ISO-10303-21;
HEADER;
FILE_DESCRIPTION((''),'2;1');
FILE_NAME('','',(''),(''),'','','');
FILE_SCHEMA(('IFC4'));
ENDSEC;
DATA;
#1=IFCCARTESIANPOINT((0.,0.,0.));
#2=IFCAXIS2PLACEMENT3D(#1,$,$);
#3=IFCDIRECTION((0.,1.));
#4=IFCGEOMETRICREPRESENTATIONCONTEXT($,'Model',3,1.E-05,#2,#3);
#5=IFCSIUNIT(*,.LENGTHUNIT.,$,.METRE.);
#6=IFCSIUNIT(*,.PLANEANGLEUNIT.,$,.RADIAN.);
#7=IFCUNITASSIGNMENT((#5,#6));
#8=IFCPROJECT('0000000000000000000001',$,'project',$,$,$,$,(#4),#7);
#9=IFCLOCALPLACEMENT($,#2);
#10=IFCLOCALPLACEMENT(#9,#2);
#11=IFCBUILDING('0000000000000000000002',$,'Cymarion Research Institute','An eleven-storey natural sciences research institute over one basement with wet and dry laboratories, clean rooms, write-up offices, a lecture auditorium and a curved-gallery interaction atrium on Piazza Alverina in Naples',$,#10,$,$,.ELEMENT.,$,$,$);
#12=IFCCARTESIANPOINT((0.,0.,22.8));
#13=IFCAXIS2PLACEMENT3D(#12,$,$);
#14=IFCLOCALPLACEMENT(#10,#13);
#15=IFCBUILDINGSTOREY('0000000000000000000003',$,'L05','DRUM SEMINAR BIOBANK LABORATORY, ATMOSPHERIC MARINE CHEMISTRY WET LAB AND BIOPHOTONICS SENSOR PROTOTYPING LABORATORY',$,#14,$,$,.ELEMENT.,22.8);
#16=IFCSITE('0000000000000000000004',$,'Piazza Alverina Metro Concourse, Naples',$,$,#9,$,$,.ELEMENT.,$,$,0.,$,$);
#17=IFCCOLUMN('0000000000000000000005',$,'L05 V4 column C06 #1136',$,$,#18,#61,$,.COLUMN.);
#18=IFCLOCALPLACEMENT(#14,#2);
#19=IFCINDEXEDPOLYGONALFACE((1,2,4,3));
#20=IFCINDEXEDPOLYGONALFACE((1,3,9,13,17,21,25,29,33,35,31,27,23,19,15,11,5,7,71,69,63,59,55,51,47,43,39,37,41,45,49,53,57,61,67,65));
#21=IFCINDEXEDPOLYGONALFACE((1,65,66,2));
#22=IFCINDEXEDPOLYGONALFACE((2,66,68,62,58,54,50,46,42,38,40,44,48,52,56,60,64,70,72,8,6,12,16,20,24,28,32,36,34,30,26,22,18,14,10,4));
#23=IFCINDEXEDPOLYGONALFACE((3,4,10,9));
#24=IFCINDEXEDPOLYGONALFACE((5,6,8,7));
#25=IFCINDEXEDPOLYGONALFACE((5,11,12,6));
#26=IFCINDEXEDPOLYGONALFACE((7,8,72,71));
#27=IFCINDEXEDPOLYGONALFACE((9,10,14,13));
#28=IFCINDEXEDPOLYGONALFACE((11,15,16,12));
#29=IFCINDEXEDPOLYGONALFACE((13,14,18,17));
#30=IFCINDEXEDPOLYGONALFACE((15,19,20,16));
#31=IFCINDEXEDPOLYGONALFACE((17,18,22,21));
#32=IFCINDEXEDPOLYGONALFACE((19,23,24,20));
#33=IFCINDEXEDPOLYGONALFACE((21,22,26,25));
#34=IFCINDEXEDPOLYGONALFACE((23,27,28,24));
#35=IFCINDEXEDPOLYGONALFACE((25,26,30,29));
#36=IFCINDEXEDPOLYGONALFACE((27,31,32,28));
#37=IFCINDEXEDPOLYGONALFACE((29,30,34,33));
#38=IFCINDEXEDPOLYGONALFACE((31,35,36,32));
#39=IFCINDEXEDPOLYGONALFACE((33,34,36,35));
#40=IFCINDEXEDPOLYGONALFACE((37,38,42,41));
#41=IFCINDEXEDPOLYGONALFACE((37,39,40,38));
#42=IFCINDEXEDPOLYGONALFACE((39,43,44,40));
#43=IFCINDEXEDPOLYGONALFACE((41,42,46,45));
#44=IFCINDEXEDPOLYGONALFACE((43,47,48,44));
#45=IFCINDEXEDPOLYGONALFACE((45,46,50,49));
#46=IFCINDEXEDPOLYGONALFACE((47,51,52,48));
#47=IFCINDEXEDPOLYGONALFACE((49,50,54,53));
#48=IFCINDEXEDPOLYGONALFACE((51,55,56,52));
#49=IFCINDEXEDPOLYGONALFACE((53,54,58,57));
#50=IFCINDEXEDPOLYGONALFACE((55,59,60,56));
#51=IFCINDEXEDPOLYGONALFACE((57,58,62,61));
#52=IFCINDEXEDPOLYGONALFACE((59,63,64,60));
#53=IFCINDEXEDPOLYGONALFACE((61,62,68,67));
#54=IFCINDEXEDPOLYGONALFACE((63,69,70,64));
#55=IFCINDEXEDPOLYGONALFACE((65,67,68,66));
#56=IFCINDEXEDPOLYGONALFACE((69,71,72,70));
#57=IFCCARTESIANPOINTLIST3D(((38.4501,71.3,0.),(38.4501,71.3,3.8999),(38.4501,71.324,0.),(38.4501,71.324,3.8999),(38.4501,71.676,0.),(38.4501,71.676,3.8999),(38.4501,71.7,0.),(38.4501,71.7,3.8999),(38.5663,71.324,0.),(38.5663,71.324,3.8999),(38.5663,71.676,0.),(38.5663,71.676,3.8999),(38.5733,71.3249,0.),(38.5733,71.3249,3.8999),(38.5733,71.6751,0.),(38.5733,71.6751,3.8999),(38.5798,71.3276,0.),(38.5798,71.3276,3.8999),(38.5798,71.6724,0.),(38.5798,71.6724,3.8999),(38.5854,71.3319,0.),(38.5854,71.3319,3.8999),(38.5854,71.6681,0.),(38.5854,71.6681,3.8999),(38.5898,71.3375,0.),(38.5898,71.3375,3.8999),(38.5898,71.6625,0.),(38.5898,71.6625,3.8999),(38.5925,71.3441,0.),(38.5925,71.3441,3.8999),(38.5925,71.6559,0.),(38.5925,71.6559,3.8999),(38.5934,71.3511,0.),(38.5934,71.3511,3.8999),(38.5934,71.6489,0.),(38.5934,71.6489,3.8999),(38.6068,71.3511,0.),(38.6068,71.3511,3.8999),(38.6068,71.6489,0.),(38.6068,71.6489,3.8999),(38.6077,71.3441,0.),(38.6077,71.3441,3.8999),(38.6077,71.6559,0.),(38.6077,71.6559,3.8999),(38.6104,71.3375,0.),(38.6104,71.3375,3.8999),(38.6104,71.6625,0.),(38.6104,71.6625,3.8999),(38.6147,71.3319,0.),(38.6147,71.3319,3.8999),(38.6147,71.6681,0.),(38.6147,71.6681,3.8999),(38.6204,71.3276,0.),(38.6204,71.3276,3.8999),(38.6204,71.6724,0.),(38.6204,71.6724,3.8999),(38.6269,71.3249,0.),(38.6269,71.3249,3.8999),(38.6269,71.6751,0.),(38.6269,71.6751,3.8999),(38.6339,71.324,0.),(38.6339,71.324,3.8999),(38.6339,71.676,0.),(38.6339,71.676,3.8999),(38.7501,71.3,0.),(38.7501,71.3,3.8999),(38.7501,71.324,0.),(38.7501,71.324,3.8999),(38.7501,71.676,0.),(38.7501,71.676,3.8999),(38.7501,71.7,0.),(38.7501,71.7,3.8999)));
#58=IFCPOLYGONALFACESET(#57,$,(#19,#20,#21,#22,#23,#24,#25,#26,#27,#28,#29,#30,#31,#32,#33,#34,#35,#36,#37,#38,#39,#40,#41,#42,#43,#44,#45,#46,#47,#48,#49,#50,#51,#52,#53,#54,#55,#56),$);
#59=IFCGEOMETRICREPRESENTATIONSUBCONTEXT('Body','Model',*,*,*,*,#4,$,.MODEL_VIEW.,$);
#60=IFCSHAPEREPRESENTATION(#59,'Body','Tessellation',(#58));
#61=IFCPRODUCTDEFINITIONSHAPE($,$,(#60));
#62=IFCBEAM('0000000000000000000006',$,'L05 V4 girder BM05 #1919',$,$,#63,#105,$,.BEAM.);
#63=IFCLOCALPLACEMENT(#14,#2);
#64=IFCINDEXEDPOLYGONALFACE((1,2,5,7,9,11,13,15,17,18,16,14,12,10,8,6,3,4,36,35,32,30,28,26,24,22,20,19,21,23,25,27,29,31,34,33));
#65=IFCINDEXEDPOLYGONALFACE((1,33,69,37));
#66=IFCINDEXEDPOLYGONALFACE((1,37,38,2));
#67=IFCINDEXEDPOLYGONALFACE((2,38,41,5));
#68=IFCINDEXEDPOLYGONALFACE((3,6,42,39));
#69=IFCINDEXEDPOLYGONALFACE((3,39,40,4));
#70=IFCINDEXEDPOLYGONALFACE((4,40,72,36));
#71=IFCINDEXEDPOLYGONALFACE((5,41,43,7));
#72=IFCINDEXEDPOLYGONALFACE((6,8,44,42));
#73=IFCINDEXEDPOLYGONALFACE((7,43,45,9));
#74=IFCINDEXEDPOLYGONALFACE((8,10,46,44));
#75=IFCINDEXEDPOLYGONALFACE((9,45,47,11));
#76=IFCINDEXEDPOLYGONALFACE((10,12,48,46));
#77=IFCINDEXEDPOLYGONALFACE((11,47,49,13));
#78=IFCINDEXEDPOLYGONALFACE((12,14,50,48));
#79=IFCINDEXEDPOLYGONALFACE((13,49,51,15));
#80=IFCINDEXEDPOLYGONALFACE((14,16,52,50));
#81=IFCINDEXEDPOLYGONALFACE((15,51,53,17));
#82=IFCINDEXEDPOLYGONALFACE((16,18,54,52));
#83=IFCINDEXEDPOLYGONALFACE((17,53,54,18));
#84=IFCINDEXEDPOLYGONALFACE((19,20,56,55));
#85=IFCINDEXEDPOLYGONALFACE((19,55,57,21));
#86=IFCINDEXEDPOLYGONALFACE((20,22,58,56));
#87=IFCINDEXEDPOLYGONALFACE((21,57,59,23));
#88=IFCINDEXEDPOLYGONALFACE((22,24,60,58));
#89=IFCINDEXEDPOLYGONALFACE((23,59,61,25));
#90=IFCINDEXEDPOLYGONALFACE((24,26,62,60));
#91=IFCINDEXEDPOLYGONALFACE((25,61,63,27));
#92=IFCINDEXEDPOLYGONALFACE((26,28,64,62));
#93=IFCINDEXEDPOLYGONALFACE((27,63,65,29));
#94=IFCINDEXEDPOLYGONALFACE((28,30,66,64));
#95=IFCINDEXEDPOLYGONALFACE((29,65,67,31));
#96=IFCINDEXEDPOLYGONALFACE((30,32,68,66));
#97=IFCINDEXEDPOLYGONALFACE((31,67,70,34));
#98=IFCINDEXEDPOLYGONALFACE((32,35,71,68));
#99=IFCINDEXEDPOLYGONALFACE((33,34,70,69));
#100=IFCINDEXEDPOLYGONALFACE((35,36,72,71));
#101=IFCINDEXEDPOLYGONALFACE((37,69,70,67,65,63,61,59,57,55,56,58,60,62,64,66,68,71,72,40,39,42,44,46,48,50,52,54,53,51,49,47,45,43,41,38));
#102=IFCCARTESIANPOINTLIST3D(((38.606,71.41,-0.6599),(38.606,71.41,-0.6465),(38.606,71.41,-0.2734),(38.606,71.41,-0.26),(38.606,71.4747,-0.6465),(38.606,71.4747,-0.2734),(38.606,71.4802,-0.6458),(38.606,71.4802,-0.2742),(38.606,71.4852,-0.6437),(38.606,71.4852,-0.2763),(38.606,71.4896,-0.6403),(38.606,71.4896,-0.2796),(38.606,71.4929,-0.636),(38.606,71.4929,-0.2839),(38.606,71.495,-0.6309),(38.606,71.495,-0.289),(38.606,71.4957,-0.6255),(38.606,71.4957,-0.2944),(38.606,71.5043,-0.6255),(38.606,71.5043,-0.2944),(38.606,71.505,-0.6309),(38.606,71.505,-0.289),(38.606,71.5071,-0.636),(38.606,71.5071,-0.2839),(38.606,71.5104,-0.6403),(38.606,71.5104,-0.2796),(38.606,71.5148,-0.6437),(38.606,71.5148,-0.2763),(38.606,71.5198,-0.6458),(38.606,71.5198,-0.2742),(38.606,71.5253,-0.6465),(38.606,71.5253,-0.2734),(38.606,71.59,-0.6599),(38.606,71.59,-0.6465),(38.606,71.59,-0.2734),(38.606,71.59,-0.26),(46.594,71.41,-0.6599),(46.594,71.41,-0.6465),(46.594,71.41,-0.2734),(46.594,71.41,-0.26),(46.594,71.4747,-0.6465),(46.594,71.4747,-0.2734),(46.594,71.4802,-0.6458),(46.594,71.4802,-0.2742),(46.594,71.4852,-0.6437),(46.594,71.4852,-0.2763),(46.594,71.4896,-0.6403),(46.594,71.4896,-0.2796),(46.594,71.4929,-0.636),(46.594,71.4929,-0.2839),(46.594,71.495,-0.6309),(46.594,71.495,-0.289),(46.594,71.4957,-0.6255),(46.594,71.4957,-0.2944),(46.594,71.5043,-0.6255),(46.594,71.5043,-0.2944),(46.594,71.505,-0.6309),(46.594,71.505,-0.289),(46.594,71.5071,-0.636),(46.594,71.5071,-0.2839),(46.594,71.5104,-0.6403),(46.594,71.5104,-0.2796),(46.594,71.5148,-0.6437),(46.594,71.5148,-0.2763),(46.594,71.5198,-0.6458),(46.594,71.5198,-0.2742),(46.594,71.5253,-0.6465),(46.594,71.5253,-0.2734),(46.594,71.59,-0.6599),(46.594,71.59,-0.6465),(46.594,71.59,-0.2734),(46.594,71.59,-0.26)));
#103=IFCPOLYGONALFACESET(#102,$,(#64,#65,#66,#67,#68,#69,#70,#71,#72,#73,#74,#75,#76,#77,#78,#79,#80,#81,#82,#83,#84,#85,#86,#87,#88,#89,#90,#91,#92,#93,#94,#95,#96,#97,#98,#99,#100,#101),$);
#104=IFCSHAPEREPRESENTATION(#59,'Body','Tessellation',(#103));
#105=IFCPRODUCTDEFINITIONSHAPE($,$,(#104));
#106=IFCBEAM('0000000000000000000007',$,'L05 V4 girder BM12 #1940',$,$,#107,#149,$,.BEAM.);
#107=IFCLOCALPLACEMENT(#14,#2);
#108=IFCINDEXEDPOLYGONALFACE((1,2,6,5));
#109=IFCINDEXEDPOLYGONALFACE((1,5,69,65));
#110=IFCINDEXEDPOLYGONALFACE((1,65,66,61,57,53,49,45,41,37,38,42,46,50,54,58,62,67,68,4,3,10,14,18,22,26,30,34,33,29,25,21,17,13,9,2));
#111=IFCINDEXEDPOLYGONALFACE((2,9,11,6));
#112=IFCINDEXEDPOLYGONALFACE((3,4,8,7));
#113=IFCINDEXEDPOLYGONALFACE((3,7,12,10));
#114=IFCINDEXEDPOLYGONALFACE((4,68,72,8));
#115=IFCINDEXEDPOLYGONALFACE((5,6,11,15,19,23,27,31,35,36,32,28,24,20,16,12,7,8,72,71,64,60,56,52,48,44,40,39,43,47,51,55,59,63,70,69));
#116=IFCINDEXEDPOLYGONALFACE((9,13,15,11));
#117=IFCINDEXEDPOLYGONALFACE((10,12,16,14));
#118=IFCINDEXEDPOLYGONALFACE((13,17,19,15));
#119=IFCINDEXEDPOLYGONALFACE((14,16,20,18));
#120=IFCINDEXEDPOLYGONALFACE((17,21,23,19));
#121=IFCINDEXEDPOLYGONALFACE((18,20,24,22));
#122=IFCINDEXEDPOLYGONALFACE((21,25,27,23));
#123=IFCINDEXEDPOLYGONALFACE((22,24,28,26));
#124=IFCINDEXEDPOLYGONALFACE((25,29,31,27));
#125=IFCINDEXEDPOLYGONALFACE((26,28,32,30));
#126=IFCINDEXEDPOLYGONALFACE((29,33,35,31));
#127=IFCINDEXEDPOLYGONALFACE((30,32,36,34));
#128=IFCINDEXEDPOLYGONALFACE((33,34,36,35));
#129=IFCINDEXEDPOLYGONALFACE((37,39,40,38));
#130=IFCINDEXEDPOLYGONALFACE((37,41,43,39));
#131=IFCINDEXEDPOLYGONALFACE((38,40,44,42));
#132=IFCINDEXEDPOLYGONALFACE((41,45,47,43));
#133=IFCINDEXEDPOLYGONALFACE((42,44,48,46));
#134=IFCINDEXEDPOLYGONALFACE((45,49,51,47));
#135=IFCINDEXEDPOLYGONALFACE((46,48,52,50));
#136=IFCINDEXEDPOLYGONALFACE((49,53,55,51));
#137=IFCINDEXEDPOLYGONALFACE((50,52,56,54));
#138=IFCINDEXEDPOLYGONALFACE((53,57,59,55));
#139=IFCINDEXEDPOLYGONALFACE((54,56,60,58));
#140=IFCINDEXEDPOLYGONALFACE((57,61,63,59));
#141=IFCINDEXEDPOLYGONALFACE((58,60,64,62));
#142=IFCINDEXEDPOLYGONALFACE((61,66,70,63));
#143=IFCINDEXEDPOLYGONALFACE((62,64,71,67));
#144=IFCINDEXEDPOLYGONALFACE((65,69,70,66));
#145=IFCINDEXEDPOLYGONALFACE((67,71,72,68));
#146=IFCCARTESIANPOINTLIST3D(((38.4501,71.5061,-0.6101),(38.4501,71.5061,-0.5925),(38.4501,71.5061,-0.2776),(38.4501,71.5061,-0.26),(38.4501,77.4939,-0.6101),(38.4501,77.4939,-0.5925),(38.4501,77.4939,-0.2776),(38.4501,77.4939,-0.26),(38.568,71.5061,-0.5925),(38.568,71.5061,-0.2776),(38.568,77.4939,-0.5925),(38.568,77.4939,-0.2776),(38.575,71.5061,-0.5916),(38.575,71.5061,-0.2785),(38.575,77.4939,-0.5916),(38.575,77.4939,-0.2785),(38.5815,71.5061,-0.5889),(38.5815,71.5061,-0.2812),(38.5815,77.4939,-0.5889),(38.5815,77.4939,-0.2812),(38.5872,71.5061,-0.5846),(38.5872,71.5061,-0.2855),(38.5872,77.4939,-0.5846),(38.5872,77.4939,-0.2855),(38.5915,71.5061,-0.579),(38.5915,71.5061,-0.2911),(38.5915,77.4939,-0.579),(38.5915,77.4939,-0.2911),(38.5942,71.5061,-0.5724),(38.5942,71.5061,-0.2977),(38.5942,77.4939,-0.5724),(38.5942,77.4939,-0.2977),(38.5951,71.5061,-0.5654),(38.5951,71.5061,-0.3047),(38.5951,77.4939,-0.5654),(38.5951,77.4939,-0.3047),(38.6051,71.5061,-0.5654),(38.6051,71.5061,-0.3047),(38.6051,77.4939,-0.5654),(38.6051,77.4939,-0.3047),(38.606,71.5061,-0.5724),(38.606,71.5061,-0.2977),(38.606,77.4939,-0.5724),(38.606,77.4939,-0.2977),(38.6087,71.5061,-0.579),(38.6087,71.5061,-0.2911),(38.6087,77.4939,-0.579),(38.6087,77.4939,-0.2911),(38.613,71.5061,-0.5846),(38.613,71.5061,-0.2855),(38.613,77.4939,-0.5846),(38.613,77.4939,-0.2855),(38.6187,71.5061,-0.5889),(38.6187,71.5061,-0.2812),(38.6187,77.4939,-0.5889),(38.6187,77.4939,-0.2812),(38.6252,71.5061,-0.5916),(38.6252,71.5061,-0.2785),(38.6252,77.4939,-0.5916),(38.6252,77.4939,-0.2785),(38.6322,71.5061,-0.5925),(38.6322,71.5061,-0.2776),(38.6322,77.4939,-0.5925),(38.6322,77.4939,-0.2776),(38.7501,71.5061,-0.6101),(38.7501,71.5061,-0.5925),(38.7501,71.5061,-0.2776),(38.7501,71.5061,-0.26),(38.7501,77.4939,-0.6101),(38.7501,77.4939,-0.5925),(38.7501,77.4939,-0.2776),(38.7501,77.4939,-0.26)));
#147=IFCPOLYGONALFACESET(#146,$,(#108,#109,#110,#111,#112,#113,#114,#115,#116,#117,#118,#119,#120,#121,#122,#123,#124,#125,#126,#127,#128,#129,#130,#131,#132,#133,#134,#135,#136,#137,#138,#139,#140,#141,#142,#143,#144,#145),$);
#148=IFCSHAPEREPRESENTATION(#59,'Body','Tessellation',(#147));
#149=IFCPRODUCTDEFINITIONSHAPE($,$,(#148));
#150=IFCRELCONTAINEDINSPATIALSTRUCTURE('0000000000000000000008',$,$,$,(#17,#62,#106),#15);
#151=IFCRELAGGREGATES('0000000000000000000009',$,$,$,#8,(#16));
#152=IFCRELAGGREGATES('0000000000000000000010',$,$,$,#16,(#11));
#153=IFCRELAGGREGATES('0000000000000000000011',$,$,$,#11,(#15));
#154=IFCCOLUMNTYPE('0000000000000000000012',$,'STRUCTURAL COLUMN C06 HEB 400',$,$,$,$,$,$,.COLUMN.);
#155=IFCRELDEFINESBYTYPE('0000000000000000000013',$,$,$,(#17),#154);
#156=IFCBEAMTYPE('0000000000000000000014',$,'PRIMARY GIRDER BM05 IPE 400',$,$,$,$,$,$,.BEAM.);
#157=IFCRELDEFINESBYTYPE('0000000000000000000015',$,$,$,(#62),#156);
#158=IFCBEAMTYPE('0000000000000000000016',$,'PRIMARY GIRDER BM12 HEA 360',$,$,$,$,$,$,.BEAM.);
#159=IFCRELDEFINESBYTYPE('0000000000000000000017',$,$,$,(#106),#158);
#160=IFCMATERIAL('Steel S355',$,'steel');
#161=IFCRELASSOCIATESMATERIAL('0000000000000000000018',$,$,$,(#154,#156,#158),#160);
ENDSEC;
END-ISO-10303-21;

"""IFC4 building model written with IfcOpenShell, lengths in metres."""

from ifc_helpers import new_model, si_unit, direction, frame, origin, origin_2d, place, context, subcontext, project, spatial, i_section, extrude, material, material_profile, profile_set, type_object, element, save


model = new_model("IFC4")

# Units and contexts
model_context = context("Model", 3, precision=1e-05, world=origin(), true_north=direction((0.0, 1.0)))
body_context = subcontext(model_context, "Body", "Model", "MODEL_VIEW")
ifc_project = project(units=[si_unit("LENGTHUNIT", "METRE"), si_unit("PLANEANGLEUNIT", "RADIAN")], contexts=[model_context])

# Site, building, storey
site_placement = place(None, origin())
site = spatial("IfcSite", under=ifc_project, at=site_placement, Name="Piazza Alverina Metro Concourse, Naples", CompositionType="ELEMENT", RefElevation=0.0)
building_placement = place(site_placement, origin())
building = spatial("IfcBuilding", under=site, at=building_placement, Name="Cymarion Research Institute", Description="An eleven-storey natural sciences research institute over one basement with wet and dry laboratories, clean rooms, write-up offices, a lecture auditorium and a curved-gallery interaction atrium on Piazza Alverina in Naples", CompositionType="ELEMENT")
storey_placement = place(building_placement, frame((0.0, 0.0, 22.8)))
storey = spatial("IfcBuildingStorey", under=building, at=storey_placement, Name="L05", Description="DRUM SEMINAR BIOBANK LABORATORY, ATMOSPHERIC MARINE CHEMISTRY WET LAB AND BIOPHOTONICS SENSOR PROTOTYPING LABORATORY", CompositionType="ELEMENT", Elevation=22.8)

# Column
ifc_material_1 = material(Name="Steel S355", Category="steel")
ifc_material_profile_1 = material_profile(ifc_material_1, i_section(OverallWidth=0.3, OverallDepth=0.3999, WebThickness=0.0134, FlangeThickness=0.0239, FilletRadius=0.0271, at=origin_2d()), Name="HEB 400")
ifc_profile_set_1 = profile_set([ifc_material_profile_1], Name="Steel S355")
column_type = type_object("IfcColumnType", Name="STRUCTURAL COLUMN C06 HEB 400", PredefinedType="COLUMN", material=ifc_profile_set_1)
column_placement = place(storey_placement, frame((38.6001, 71.5, 0.0), z_axis=(0.0, 0.0, 1.0), x_axis=(1.0, 0.0, 0.0)))
element("IfcColumn", 1, at=column_placement, inside=storey, type_object=column_type, Name="L05 V4 column C06 #1136", PredefinedType="COLUMN", context=body_context, shape_type="SweptSolid", body=[
    extrude(i_section(OverallWidth=0.3, OverallDepth=0.3999, WebThickness=0.0134, FlangeThickness=0.0239, FilletRadius=0.0271, at=origin_2d()), origin(), (0.0, 0.0, 1.0), 3.8999),
])

# Beams
ifc_material_profile_2 = material_profile(ifc_material_1, i_section(OverallWidth=0.1799, OverallDepth=0.3999, WebThickness=0.0085, FlangeThickness=0.0134, FilletRadius=0.021, at=origin_2d()), Name="IPE 400")
ifc_profile_set_2 = profile_set([ifc_material_profile_2], Name="Steel S355")
beam_type_1 = type_object("IfcBeamType", Name="PRIMARY GIRDER BM05 IPE 400", PredefinedType="BEAM", material=ifc_profile_set_2)
beam_1_placement = place(storey_placement, frame((38.606, 71.5, -0.46), z_axis=(1.0, 0.0, 0.0), x_axis=(0.0, 1.0, 0.0)))
element("IfcBeam", 2, at=beam_1_placement, inside=storey, type_object=beam_type_1, Name="L05 V4 girder BM05 #1919", PredefinedType="BEAM", context=body_context, shape_type="SweptSolid", body=[
    extrude(i_section(OverallWidth=0.1799, OverallDepth=0.3999, WebThickness=0.0085, FlangeThickness=0.0134, FilletRadius=0.021, at=origin_2d()), origin(), (0.0, 0.0, 1.0), 7.988),
])
ifc_material_profile_3 = material_profile(ifc_material_1, i_section(OverallWidth=0.3, OverallDepth=0.3501, WebThickness=0.01, FlangeThickness=0.0176, FilletRadius=0.0271, at=origin_2d()), Name="HEA 360")
ifc_profile_set_3 = profile_set([ifc_material_profile_3], Name="Steel S355")
beam_type_2 = type_object("IfcBeamType", Name="PRIMARY GIRDER BM12 HEA 360", PredefinedType="BEAM", material=ifc_profile_set_3)
beam_2_placement = place(storey_placement, frame((38.6001, 71.5061, -0.4351), z_axis=(0.0, 1.0, 0.0), x_axis=(-1.0, 0.0, 0.0)))
element("IfcBeam", 3, at=beam_2_placement, inside=storey, type_object=beam_type_2, Name="L05 V4 girder BM12 #1940", PredefinedType="BEAM", context=body_context, shape_type="SweptSolid", body=[
    extrude(i_section(OverallWidth=0.3, OverallDepth=0.3501, WebThickness=0.01, FlangeThickness=0.0176, FilletRadius=0.0271, at=origin_2d()), origin(), (0.0, 0.0, 1.0), 5.9878),
])

save(model, "model.ifc")
